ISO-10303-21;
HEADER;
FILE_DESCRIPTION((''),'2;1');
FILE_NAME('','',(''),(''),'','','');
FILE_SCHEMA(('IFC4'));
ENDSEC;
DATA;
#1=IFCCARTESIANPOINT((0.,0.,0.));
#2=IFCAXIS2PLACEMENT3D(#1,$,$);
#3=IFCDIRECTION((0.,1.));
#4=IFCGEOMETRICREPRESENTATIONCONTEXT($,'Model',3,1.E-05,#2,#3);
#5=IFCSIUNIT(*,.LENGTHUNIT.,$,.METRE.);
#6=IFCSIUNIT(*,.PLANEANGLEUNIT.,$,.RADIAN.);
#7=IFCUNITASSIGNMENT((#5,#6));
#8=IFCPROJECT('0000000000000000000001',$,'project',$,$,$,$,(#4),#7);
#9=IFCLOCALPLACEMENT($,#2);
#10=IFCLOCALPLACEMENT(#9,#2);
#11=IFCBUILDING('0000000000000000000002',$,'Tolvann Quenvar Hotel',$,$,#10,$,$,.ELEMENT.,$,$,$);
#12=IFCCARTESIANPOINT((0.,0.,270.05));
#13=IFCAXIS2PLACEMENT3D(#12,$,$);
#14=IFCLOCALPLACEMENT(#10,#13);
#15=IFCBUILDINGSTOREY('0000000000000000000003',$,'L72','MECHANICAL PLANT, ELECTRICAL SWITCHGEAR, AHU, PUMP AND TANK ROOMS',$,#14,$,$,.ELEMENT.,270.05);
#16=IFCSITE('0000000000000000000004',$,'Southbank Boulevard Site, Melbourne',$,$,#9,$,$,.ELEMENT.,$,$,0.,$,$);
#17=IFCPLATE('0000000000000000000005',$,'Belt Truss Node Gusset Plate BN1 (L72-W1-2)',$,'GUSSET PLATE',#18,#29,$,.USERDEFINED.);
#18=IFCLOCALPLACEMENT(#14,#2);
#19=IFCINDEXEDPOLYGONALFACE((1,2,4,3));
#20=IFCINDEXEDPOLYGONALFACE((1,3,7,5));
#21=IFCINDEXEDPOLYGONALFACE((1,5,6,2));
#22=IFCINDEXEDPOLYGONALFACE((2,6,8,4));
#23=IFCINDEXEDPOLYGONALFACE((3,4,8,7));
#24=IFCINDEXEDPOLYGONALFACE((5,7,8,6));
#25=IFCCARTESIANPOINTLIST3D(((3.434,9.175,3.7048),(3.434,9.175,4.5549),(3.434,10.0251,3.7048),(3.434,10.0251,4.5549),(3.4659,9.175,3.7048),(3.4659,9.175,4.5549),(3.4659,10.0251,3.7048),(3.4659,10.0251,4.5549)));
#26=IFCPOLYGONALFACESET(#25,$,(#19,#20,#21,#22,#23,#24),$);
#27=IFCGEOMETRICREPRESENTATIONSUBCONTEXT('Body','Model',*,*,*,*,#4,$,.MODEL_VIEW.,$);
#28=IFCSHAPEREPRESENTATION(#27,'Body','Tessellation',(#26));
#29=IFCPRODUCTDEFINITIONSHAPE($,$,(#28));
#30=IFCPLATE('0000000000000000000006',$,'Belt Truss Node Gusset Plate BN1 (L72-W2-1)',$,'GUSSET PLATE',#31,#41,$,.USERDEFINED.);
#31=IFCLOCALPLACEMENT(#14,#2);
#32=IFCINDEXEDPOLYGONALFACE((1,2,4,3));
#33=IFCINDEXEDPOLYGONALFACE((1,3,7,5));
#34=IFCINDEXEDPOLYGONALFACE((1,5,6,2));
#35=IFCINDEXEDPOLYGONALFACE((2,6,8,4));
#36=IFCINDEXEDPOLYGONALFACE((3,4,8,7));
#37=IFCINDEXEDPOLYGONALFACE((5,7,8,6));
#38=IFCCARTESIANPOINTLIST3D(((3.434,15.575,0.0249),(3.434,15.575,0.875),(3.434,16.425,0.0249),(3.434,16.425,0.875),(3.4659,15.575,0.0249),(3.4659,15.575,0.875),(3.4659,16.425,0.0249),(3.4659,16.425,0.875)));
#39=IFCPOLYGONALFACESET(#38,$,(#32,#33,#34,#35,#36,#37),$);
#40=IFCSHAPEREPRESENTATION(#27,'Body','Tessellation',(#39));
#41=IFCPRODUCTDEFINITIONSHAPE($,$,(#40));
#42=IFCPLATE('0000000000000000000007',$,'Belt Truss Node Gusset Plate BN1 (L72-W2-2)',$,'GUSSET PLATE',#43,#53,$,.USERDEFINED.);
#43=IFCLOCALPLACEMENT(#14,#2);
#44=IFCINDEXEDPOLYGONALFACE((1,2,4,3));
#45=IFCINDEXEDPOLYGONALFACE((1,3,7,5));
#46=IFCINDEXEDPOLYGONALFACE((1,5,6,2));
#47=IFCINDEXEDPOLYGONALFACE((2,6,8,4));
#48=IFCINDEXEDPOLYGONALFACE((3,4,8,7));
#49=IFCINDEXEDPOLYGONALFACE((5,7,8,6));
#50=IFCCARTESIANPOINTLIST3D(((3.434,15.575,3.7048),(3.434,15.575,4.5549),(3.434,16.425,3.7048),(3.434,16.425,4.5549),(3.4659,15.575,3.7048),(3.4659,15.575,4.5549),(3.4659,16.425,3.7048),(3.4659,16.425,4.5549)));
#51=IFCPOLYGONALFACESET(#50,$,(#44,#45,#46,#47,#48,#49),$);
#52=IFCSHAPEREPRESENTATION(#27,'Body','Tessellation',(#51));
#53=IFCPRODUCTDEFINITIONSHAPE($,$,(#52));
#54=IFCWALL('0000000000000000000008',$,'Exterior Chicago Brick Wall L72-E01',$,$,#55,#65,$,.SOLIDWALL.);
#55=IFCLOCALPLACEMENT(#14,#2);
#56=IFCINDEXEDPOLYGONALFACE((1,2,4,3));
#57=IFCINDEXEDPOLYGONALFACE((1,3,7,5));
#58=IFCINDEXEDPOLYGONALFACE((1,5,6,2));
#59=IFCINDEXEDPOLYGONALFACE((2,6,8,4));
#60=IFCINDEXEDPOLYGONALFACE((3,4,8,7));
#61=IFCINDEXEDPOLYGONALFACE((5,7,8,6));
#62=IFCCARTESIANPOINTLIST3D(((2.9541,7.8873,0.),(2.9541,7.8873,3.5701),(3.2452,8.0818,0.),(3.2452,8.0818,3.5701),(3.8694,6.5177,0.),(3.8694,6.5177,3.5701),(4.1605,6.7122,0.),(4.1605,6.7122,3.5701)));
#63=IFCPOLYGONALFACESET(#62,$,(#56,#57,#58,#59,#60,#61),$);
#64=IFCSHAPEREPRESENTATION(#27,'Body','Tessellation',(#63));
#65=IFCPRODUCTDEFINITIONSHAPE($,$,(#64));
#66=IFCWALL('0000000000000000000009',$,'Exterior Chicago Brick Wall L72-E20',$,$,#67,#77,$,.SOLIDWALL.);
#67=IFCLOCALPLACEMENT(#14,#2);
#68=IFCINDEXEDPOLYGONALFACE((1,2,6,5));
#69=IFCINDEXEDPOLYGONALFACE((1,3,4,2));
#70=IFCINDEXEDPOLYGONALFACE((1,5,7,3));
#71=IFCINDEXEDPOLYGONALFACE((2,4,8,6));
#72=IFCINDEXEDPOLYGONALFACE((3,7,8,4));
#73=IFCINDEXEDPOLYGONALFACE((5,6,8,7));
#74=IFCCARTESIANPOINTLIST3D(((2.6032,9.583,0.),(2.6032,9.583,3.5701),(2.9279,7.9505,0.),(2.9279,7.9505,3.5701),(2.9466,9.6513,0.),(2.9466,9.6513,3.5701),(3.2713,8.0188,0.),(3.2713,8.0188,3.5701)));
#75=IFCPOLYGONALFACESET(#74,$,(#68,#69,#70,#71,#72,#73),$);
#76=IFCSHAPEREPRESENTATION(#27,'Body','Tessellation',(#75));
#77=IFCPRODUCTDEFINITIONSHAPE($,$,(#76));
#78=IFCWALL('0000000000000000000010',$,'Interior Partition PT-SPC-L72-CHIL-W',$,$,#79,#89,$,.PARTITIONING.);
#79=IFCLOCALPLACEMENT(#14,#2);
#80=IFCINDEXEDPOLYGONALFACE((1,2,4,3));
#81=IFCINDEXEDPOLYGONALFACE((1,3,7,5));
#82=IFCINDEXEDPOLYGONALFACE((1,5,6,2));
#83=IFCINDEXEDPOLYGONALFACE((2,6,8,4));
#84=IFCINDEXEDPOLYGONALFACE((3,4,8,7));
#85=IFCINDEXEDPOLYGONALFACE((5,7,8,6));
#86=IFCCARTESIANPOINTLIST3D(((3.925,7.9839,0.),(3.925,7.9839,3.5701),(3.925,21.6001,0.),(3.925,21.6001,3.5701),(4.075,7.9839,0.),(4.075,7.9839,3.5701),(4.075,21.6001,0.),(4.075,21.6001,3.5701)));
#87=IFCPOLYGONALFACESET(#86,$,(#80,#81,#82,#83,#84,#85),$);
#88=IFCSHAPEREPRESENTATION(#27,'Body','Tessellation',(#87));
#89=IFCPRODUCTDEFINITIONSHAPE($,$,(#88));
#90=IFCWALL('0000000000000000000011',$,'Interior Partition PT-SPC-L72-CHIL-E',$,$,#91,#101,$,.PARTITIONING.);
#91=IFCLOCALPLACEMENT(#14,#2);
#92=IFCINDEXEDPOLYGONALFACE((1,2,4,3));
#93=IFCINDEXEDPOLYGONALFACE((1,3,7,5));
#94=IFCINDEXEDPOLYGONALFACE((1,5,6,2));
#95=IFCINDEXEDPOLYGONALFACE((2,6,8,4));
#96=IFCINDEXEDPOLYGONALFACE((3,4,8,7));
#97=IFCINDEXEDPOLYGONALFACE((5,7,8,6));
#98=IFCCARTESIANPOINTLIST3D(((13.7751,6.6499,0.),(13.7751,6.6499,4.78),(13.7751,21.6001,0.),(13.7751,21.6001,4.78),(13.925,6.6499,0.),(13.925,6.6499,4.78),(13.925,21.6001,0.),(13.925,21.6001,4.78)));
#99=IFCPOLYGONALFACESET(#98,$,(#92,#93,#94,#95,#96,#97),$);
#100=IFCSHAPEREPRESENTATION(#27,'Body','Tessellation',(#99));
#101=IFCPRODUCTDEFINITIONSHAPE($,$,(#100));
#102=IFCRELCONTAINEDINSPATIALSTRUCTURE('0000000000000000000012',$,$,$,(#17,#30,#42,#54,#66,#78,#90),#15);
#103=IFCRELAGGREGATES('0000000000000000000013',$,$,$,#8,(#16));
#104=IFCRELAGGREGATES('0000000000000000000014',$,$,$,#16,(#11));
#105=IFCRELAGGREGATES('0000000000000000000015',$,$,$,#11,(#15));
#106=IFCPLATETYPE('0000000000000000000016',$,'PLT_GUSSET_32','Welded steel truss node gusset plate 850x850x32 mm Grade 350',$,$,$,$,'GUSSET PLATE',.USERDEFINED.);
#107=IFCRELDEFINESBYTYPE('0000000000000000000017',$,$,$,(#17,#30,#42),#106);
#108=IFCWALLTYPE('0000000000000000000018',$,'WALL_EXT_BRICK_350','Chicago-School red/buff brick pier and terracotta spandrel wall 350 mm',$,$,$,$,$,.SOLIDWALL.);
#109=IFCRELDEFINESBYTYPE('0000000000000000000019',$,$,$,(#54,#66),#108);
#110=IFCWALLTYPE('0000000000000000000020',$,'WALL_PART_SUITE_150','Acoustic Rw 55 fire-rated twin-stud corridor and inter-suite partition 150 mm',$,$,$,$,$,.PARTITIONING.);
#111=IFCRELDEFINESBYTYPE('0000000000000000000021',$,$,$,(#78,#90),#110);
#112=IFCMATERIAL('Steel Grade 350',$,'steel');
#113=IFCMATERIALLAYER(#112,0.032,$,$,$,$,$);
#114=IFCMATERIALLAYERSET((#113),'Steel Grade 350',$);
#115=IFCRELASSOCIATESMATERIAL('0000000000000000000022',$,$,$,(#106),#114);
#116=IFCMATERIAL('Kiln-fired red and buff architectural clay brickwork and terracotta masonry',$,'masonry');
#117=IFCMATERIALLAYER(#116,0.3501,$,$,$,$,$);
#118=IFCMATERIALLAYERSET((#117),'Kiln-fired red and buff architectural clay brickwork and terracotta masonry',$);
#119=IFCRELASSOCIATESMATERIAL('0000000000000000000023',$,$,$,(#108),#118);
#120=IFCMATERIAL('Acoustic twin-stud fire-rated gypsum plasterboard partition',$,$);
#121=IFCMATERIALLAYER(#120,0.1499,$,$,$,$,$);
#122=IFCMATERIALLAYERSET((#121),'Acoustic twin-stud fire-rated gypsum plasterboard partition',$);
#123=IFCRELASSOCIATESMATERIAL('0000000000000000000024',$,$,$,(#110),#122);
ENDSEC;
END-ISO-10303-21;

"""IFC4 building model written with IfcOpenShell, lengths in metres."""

from ifc_helpers import new_model, si_unit, direction, frame, frame_2d, origin, origin_2d, place, context, subcontext, project, spatial, rectangle, extrude, source, transform, mapped, material, layer, layer_set, type_object, type_shapes, element, save


model = new_model("IFC4")

# Units and contexts
model_context = context("Model", 3, precision=1e-05, world=origin(), true_north=direction((0.0, 1.0)))
body_context = subcontext(model_context, "Body", "Model", "MODEL_VIEW")
ifc_project = project(units=[si_unit("LENGTHUNIT", "METRE"), si_unit("PLANEANGLEUNIT", "RADIAN")], contexts=[model_context])

# Site, building, storey
site_placement = place(None, origin())
site = spatial("IfcSite", under=ifc_project, at=site_placement, Name="Southbank Boulevard Site, Melbourne", CompositionType="ELEMENT", RefElevation=0.0)
building_placement = place(site_placement, origin())
building = spatial("IfcBuilding", under=site, at=building_placement, Name="Tolvann Quenvar Hotel", CompositionType="ELEMENT")
storey_placement = place(building_placement, frame((0.0, 0.0, 270.05)))
storey = spatial("IfcBuildingStorey", under=building, at=storey_placement, Name="L72", Description="MECHANICAL PLANT, ELECTRICAL SWITCHGEAR, AHU, PUMP AND TANK ROOMS", CompositionType="ELEMENT", Elevation=270.05)

# Shared definitions
ifc_material_1 = material(Name="Steel Grade 350", Category="steel")

# Plates
ifc_layer_1 = layer(ifc_material_1, 0.032)
ifc_layer_set_1 = layer_set([ifc_layer_1], Name="Steel Grade 350")
plate_type_1 = type_object("IfcPlateType", Name="PLT_GUSSET_32", Description="Welded steel truss node gusset plate 850x850x32 mm Grade 350", ElementType="GUSSET PLATE", PredefinedType="USERDEFINED", material=ifc_layer_set_1)
shared_shape_1 = source(origin(), body_context, "Body", "SweptSolid", [
    extrude(rectangle(XDim=0.032, YDim=0.8501, at=origin_2d()), origin(), (0.0, 0.0, 1.0), 0.8501),
])
type_shapes(plate_type_1, [shared_shape_1])
for number, where, z_axis, x_axis, name in (
    (1, (3.45, 9.6001, 3.7048), (0.0, 0.0, 1.0), (1.0, 0.0, 0.0), "Belt Truss Node Gusset Plate BN1 (L72-W1-2)"),
    (2, (3.45, 16.0, 0.0249), (0.0, 0.0, 1.0), (1.0, 0.0, 0.0), "Belt Truss Node Gusset Plate BN1 (L72-W2-1)"),
    (3, (3.45, 16.0, 3.7048), (0.0, 0.0, 1.0), (1.0, 0.0, 0.0), "Belt Truss Node Gusset Plate BN1 (L72-W2-2)"),
):
    element("IfcPlate", number, at=place(storey_placement, frame(where, z_axis=z_axis, x_axis=x_axis)), inside=storey, type_object=plate_type_1, Name=name, ObjectType="GUSSET PLATE", PredefinedType="USERDEFINED", context=body_context, shape_type="MappedRepresentation", body=[
        mapped(shared_shape_1, transform((0.0, 0.0, 0.0), x_axis=(1.0, 0.0, 0.0), y_axis=(0.0, 1.0, 0.0), z_axis=(0.0, 0.0, 1.0), scale=1.0)),
    ])

# Walls
ifc_material_2 = material(Name="Kiln-fired red and buff architectural clay brickwork and terracotta masonry", Category="masonry")
ifc_layer_2 = layer(ifc_material_2, 0.3501)
ifc_layer_set_2 = layer_set([ifc_layer_2], Name="Kiln-fired red and buff architectural clay brickwork and terracotta masonry")
wall_type_1 = type_object("IfcWallType", Name="WALL_EXT_BRICK_350", Description="Chicago-School red/buff brick pier and terracotta spandrel wall 350 mm", PredefinedType="SOLIDWALL", material=ifc_layer_set_2)
wall_1_placement = place(storey_placement, frame((3.0996, 7.9846, 0.0), z_axis=(0.0, 0.0, 1.0), x_axis=(0.555623, -0.831434, 0.0)))
element("IfcWall", 4, at=wall_1_placement, inside=storey, type_object=wall_type_1, Name="Exterior Chicago Brick Wall L72-E01", PredefinedType="SOLIDWALL", context=body_context, shape_type="SweptSolid", body=[
    extrude(rectangle(XDim=1.6472, YDim=0.3501, at=frame_2d((0.8237, 0.0))), origin(), (0.0, 0.0, 1.0), 3.5701),
])
wall_2_placement = place(storey_placement, frame((2.7749, 9.6172, 0.0), z_axis=(0.0, 0.0, 1.0), x_axis=(0.195072, -0.980789, 0.0)))
element("IfcWall", 5, at=wall_2_placement, inside=storey, type_object=wall_type_1, Name="Exterior Chicago Brick Wall L72-E20", PredefinedType="SOLIDWALL", context=body_context, shape_type="SweptSolid", body=[
    extrude(rectangle(XDim=1.6646, YDim=0.3501, at=frame_2d((0.8323, 0.0))), origin(), (0.0, 0.0, 1.0), 3.5701),
])
ifc_material_3 = material(Name="Acoustic twin-stud fire-rated gypsum plasterboard partition")
ifc_layer_3 = layer(ifc_material_3, 0.1499)
ifc_layer_set_3 = layer_set([ifc_layer_3], Name="Acoustic twin-stud fire-rated gypsum plasterboard partition")
wall_type_2 = type_object("IfcWallType", Name="WALL_PART_SUITE_150", Description="Acoustic Rw 55 fire-rated twin-stud corridor and inter-suite partition 150 mm", PredefinedType="PARTITIONING", material=ifc_layer_set_3)
wall_3_placement = place(storey_placement, frame((4.0, 7.9839, 0.0), z_axis=(0.0, 0.0, 1.0), x_axis=(0.0, 1.0, 0.0)))
element("IfcWall", 6, at=wall_3_placement, inside=storey, type_object=wall_type_2, Name="Interior Partition PT-SPC-L72-CHIL-W", PredefinedType="PARTITIONING", context=body_context, shape_type="SweptSolid", body=[
    extrude(rectangle(XDim=13.6162, YDim=0.1499, at=frame_2d((6.8081, 0.0))), origin(), (0.0, 0.0, 1.0), 3.5701),
])
wall_4_placement = place(storey_placement, frame((13.8501, 6.6499, 0.0), z_axis=(0.0, 0.0, 1.0), x_axis=(0.0, 1.0, 0.0)))
element("IfcWall", 7, at=wall_4_placement, inside=storey, type_object=wall_type_2, Name="Interior Partition PT-SPC-L72-CHIL-E", PredefinedType="PARTITIONING", context=body_context, shape_type="SweptSolid", body=[
    extrude(rectangle(XDim=14.9502, YDim=0.1499, at=frame_2d((7.4751, 0.0))), origin(), (0.0, 0.0, 1.0), 4.78),
])

save(model, "model.ifc")
